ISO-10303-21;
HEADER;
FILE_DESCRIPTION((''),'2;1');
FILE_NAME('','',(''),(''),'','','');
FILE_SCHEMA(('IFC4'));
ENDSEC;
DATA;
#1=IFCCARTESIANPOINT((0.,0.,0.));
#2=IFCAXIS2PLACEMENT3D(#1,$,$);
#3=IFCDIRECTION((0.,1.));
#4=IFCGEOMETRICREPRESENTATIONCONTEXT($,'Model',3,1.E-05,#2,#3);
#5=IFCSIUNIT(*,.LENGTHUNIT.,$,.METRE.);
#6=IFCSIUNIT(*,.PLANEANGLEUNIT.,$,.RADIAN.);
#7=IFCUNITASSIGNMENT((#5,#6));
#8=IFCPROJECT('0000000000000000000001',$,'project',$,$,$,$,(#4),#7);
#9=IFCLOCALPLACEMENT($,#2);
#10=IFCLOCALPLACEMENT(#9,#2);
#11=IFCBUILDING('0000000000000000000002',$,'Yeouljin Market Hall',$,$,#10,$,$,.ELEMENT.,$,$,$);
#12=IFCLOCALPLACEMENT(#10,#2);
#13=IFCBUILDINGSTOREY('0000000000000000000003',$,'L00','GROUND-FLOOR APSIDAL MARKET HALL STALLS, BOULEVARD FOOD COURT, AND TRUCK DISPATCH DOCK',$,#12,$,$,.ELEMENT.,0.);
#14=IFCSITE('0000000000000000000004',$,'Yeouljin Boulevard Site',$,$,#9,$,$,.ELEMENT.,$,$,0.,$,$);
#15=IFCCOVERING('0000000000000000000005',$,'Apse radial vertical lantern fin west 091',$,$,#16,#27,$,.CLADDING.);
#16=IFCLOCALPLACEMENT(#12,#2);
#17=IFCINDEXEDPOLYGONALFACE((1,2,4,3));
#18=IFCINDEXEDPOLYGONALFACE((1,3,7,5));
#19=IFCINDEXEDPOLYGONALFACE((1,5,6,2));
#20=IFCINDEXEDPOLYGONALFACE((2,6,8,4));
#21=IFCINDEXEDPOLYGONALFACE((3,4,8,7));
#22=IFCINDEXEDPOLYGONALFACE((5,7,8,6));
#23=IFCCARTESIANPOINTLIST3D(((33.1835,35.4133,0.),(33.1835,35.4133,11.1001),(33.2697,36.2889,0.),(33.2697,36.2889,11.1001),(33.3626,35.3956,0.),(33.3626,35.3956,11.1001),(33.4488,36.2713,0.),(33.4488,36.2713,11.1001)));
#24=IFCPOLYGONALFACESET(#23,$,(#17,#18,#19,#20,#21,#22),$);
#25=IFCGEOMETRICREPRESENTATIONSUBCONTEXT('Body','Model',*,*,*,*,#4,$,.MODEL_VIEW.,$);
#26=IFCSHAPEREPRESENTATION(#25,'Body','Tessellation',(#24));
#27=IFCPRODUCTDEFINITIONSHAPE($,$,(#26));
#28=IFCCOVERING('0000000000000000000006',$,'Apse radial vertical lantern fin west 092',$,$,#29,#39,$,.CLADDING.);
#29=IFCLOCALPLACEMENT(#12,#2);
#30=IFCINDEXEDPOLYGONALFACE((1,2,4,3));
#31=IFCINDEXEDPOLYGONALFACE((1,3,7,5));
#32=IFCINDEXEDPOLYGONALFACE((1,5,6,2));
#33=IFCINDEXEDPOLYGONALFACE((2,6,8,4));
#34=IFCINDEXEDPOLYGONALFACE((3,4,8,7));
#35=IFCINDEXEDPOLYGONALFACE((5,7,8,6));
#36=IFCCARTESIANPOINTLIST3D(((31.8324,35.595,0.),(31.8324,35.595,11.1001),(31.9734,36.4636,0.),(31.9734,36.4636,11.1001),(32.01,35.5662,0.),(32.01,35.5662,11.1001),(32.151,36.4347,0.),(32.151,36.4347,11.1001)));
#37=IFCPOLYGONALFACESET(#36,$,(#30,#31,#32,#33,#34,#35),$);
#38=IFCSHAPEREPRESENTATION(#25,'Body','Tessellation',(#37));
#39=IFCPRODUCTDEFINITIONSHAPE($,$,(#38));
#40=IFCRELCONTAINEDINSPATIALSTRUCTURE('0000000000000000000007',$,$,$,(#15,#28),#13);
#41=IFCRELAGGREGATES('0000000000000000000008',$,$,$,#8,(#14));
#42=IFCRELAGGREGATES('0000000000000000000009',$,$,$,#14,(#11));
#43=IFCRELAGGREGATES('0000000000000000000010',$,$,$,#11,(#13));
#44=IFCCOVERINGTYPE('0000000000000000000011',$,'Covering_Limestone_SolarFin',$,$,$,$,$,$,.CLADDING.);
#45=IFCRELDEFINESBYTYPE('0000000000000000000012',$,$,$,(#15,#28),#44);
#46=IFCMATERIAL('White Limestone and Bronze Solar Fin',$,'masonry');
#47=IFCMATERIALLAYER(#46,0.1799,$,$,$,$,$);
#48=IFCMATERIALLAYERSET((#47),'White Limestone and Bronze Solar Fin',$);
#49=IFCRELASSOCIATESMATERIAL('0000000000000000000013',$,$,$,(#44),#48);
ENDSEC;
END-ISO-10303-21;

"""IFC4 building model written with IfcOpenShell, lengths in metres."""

from ifc_helpers import new_model, si_unit, direction, frame, origin, origin_2d, place, context, subcontext, project, spatial, rectangle, extrude, material, layer, layer_set, type_object, element, save


model = new_model("IFC4")

# Units and contexts
model_context = context("Model", 3, precision=1e-05, world=origin(), true_north=direction((0.0, 1.0)))
body_context = subcontext(model_context, "Body", "Model", "MODEL_VIEW")
ifc_project = project(units=[si_unit("LENGTHUNIT", "METRE"), si_unit("PLANEANGLEUNIT", "RADIAN")], contexts=[model_context])

# Site, building, storey
site_placement = place(None, origin())
site = spatial("IfcSite", under=ifc_project, at=site_placement, Name="Yeouljin Boulevard Site", CompositionType="ELEMENT", RefElevation=0.0)
building_placement = place(site_placement, origin())
building = spatial("IfcBuilding", under=site, at=building_placement, Name="Yeouljin Market Hall", CompositionType="ELEMENT")
storey_placement = place(building_placement, origin())
storey = spatial("IfcBuildingStorey", under=building, at=storey_placement, Name="L00", Description="GROUND-FLOOR APSIDAL MARKET HALL STALLS, BOULEVARD FOOD COURT, AND TRUCK DISPATCH DOCK", CompositionType="ELEMENT", Elevation=0.0)

# Coverings
ifc_material_1 = material(Name="White Limestone and Bronze Solar Fin", Category="masonry")
ifc_layer_1 = layer(ifc_material_1, 0.1799)
ifc_layer_set_1 = layer_set([ifc_layer_1], Name="White Limestone and Bronze Solar Fin")
covering_type = type_object("IfcCoveringType", Name="Covering_Limestone_SolarFin", PredefinedType="CLADDING", material=ifc_layer_set_1)
for number, where, z_axis, x_axis, name in (
    (1, (33.3162, 35.8423, 0.0), (0.0, 0.0, 1.0), (-0.09793, -0.995193, 0.0), "Apse radial vertical lantern fin west 091"),
    (2, (31.9917, 36.0149, 0.0), (0.0, 0.0, 1.0), (-0.160226, -0.98708, 0.0), "Apse radial vertical lantern fin west 092"),
):
    element("IfcCovering", number, at=place(storey_placement, frame(where, z_axis=z_axis, x_axis=x_axis)), inside=storey, type_object=covering_type, Name=name, PredefinedType="CLADDING", context=body_context, shape_type="SweptSolid", body=[
        extrude(rectangle(XDim=0.8799, YDim=0.1799, at=origin_2d()), origin(), (0.0, 0.0, 1.0), 11.1001),
    ])

save(model, "model.ifc")
